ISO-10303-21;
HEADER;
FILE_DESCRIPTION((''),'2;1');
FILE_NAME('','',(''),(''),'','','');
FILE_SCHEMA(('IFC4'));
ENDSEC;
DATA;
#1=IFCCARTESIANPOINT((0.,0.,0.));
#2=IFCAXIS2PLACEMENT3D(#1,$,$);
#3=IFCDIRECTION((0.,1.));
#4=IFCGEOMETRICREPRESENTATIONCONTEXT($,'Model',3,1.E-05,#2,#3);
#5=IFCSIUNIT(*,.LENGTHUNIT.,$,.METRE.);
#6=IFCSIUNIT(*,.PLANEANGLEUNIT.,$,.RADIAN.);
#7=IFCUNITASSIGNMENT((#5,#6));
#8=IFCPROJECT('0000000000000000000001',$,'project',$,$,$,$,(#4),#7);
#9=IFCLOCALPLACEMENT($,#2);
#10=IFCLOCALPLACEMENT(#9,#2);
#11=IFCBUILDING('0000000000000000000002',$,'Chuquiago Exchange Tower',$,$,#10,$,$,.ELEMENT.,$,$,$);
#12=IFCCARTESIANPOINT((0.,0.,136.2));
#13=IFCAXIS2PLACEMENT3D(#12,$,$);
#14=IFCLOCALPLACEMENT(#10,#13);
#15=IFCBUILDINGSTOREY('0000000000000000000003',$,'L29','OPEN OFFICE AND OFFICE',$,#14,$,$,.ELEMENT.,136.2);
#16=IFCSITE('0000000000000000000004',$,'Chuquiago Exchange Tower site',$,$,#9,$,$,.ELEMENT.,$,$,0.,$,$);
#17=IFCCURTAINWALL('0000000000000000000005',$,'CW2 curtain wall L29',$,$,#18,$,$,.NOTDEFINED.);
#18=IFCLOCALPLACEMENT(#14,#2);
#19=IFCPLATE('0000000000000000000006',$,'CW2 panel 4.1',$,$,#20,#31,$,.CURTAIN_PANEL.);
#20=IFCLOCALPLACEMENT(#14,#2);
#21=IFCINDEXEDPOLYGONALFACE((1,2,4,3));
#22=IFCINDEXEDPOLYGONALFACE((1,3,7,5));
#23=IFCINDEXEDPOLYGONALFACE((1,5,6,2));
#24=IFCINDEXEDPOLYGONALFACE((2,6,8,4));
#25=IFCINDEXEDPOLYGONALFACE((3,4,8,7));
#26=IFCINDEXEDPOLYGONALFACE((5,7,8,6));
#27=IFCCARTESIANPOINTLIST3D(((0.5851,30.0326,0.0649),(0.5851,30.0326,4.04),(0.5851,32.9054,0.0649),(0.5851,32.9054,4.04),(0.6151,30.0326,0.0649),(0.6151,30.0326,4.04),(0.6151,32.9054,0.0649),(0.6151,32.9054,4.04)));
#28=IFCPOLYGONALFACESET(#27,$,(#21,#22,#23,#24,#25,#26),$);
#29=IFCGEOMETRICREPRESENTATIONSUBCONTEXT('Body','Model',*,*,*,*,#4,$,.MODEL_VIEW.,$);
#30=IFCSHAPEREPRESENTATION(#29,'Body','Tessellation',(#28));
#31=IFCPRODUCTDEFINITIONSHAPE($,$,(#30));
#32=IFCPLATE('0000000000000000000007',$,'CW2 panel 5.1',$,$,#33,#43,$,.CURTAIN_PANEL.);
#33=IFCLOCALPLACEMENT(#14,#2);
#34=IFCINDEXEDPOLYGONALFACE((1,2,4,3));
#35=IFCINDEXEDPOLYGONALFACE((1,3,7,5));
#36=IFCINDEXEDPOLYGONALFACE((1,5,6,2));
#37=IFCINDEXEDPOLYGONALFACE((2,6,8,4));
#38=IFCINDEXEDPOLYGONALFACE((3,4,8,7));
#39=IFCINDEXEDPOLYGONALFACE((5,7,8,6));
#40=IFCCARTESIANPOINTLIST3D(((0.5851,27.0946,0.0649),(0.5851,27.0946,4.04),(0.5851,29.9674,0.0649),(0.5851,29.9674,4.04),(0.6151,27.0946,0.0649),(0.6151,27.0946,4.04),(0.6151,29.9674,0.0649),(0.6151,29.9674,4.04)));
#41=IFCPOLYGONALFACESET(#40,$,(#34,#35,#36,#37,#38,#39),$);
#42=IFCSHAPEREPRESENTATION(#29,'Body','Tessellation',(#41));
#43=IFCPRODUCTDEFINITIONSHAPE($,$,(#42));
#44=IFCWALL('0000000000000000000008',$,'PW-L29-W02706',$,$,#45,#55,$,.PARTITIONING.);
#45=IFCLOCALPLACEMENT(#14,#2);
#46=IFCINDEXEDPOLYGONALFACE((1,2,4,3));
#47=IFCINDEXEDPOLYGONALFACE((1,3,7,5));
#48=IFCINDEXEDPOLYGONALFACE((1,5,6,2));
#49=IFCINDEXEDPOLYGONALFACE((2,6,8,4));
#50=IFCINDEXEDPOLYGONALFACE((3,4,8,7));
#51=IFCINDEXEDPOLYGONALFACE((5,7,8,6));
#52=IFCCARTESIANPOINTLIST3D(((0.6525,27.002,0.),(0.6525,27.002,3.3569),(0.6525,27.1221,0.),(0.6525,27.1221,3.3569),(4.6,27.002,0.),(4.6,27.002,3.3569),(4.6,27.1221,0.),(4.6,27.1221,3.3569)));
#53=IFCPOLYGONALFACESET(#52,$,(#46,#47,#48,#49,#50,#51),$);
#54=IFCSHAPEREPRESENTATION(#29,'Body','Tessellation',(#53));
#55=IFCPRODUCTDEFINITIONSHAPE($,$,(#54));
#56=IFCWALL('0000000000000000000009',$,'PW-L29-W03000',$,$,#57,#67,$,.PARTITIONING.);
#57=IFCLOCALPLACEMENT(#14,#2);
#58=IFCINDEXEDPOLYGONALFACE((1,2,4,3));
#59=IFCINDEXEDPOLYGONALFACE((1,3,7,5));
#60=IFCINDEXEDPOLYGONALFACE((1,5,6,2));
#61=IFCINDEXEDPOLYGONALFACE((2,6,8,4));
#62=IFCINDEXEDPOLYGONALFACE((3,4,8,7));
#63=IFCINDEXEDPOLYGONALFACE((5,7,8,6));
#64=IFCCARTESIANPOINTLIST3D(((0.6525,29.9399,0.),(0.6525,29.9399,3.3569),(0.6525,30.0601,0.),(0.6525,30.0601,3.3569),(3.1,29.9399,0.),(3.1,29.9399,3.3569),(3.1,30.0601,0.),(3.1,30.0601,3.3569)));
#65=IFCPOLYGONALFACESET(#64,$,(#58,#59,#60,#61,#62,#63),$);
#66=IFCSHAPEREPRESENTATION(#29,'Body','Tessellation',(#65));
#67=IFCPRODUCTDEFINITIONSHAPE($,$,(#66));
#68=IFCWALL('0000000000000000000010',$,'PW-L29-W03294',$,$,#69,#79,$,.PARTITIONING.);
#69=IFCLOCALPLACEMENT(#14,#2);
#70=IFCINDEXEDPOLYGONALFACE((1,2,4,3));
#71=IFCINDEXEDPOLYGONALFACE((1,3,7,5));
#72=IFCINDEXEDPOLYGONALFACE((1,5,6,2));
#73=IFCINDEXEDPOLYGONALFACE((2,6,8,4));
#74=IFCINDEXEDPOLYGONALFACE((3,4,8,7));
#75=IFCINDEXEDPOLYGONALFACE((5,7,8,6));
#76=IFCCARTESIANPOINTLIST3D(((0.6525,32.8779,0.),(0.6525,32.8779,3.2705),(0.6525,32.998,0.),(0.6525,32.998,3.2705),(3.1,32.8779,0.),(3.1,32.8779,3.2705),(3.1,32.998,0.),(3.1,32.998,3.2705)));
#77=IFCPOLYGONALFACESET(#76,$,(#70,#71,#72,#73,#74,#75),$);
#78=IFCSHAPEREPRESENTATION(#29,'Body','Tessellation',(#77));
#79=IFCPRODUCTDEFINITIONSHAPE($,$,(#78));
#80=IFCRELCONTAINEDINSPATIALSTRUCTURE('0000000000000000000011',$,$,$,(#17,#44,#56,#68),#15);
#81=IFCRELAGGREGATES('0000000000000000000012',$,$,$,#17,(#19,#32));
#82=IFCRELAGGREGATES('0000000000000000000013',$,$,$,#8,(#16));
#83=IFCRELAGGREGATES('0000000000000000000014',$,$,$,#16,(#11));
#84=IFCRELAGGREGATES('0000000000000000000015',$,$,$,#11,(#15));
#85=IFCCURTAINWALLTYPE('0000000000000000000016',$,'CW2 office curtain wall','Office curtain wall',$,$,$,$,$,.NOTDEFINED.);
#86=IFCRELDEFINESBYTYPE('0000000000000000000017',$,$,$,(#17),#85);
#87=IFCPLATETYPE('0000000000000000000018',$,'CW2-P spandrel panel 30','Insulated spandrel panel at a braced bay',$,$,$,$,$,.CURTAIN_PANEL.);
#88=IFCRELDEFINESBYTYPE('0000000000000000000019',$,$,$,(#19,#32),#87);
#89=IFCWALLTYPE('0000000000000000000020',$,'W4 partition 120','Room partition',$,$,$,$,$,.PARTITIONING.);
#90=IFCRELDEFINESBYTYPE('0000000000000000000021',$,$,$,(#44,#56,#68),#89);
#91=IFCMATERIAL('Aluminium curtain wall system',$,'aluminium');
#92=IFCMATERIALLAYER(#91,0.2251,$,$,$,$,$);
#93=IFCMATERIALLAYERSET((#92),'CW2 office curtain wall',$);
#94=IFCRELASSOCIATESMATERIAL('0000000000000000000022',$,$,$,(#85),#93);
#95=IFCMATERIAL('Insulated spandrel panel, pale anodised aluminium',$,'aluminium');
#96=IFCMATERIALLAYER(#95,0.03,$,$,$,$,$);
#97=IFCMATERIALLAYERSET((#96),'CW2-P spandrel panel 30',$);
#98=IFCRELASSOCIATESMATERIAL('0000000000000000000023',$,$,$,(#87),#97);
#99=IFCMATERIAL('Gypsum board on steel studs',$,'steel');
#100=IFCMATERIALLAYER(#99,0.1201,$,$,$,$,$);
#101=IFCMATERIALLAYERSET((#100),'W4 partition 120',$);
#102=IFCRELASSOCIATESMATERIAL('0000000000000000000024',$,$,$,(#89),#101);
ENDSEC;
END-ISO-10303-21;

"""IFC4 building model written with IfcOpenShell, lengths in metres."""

from ifc_helpers import new_model, si_unit, direction, frame, frame_2d, origin, origin_2d, place, context, subcontext, project, spatial, rectangle, extrude, material, layer, layer_set, type_object, element, aggregate, save


model = new_model("IFC4")

# Units and contexts
model_context = context("Model", 3, precision=1e-05, world=origin(), true_north=direction((0.0, 1.0)))
body_context = subcontext(model_context, "Body", "Model", "MODEL_VIEW")
ifc_project = project(units=[si_unit("LENGTHUNIT", "METRE"), si_unit("PLANEANGLEUNIT", "RADIAN")], contexts=[model_context])

# Site, building, storey
site_placement = place(None, origin())
site = spatial("IfcSite", under=ifc_project, at=site_placement, Name="Chuquiago Exchange Tower site", CompositionType="ELEMENT", RefElevation=0.0)
building_placement = place(site_placement, origin())
building = spatial("IfcBuilding", under=site, at=building_placement, Name="Chuquiago Exchange Tower", CompositionType="ELEMENT")
storey_placement = place(building_placement, frame((0.0, 0.0, 136.2)))
storey = spatial("IfcBuildingStorey", under=building, at=storey_placement, Name="L29", Description="OPEN OFFICE AND OFFICE", CompositionType="ELEMENT", Elevation=136.2)

# Curtain wall
ifc_material_1 = material(Name="Aluminium curtain wall system", Category="aluminium")
ifc_layer_1 = layer(ifc_material_1, 0.2251)
ifc_layer_set_1 = layer_set([ifc_layer_1], Name="CW2 office curtain wall")
curtain_wall_type = type_object("IfcCurtainWallType", Name="CW2 office curtain wall", Description="Office curtain wall", PredefinedType="NOTDEFINED", material=ifc_layer_set_1)
curtain_wall_placement = place(storey_placement, origin())
curtain_wall = element("IfcCurtainWall", 1, at=curtain_wall_placement, inside=storey, type_object=curtain_wall_type, Name="CW2 curtain wall L29", PredefinedType="NOTDEFINED")

# Plates
ifc_material_2 = material(Name="Insulated spandrel panel, pale anodised aluminium", Category="aluminium")
ifc_layer_2 = layer(ifc_material_2, 0.03)
ifc_layer_set_2 = layer_set([ifc_layer_2], Name="CW2-P spandrel panel 30")
plate_type = type_object("IfcPlateType", Name="CW2-P spandrel panel 30", Description="Insulated spandrel panel at a braced bay", PredefinedType="CURTAIN_PANEL", material=ifc_layer_set_2)
plate_1_placement = place(storey_placement, frame((0.6001, 31.469, 0.0649), z_axis=(0.0, 0.0, 1.0), x_axis=(0.0, -1.0, 0.0)))
plate_1 = element("IfcPlate", 2, at=plate_1_placement, type_object=plate_type, Name="CW2 panel 4.1", PredefinedType="CURTAIN_PANEL", context=body_context, shape_type="SweptSolid", body=[
    extrude(rectangle(XDim=2.8728, YDim=0.03, at=origin_2d()), origin(), (0.0, 0.0, 1.0), 3.9751),
])
plate_2_placement = place(storey_placement, frame((0.6001, 28.531, 0.0649), z_axis=(0.0, 0.0, 1.0), x_axis=(0.0, -1.0, 0.0)))
plate_2 = element("IfcPlate", 3, at=plate_2_placement, type_object=plate_type, Name="CW2 panel 5.1", PredefinedType="CURTAIN_PANEL", context=body_context, shape_type="SweptSolid", body=[
    extrude(rectangle(XDim=2.8728, YDim=0.03, at=origin_2d()), origin(), (0.0, 0.0, 1.0), 3.9751),
])
aggregate(curtain_wall, [plate_1, plate_2])

# Walls
ifc_material_3 = material(Name="Gypsum board on steel studs", Category="steel")
ifc_layer_3 = layer(ifc_material_3, 0.1201)
ifc_layer_set_3 = layer_set([ifc_layer_3], Name="W4 partition 120")
wall_type = type_object("IfcWallType", Name="W4 partition 120", Description="Room partition", PredefinedType="PARTITIONING", material=ifc_layer_set_3)
wall_1_placement = place(storey_placement, frame((0.6526, 27.062, 0.0), z_axis=(0.0, 0.0, 1.0), x_axis=(1.0, 0.0, 0.0)))
element("IfcWall", 4, at=wall_1_placement, inside=storey, type_object=wall_type, Name="PW-L29-W02706", PredefinedType="PARTITIONING", context=body_context, shape_type="SweptSolid", body=[
    extrude(rectangle(XDim=3.9475, YDim=0.1201, at=frame_2d((1.9736, 0.0))), origin(), (0.0, 0.0, 1.0), 3.3569),
])
wall_2_placement = place(storey_placement, frame((0.6526, 30.0, 0.0), z_axis=(0.0, 0.0, 1.0), x_axis=(1.0, 0.0, 0.0)))
element("IfcWall", 5, at=wall_2_placement, inside=storey, type_object=wall_type, Name="PW-L29-W03000", PredefinedType="PARTITIONING", context=body_context, shape_type="SweptSolid", body=[
    extrude(rectangle(XDim=2.4475, YDim=0.1201, at=frame_2d((1.2236, 0.0))), origin(), (0.0, 0.0, 1.0), 3.3569),
])
wall_3_placement = place(storey_placement, frame((0.6526, 32.938, 0.0), z_axis=(0.0, 0.0, 1.0), x_axis=(1.0, 0.0, 0.0)))
element("IfcWall", 6, at=wall_3_placement, inside=storey, type_object=wall_type, Name="PW-L29-W03294", PredefinedType="PARTITIONING", context=body_context, shape_type="SweptSolid", body=[
    extrude(rectangle(XDim=2.4475, YDim=0.1201, at=frame_2d((1.2236, 0.0))), origin(), (0.0, 0.0, 1.0), 3.2705),
])

save(model, "model.ifc")
